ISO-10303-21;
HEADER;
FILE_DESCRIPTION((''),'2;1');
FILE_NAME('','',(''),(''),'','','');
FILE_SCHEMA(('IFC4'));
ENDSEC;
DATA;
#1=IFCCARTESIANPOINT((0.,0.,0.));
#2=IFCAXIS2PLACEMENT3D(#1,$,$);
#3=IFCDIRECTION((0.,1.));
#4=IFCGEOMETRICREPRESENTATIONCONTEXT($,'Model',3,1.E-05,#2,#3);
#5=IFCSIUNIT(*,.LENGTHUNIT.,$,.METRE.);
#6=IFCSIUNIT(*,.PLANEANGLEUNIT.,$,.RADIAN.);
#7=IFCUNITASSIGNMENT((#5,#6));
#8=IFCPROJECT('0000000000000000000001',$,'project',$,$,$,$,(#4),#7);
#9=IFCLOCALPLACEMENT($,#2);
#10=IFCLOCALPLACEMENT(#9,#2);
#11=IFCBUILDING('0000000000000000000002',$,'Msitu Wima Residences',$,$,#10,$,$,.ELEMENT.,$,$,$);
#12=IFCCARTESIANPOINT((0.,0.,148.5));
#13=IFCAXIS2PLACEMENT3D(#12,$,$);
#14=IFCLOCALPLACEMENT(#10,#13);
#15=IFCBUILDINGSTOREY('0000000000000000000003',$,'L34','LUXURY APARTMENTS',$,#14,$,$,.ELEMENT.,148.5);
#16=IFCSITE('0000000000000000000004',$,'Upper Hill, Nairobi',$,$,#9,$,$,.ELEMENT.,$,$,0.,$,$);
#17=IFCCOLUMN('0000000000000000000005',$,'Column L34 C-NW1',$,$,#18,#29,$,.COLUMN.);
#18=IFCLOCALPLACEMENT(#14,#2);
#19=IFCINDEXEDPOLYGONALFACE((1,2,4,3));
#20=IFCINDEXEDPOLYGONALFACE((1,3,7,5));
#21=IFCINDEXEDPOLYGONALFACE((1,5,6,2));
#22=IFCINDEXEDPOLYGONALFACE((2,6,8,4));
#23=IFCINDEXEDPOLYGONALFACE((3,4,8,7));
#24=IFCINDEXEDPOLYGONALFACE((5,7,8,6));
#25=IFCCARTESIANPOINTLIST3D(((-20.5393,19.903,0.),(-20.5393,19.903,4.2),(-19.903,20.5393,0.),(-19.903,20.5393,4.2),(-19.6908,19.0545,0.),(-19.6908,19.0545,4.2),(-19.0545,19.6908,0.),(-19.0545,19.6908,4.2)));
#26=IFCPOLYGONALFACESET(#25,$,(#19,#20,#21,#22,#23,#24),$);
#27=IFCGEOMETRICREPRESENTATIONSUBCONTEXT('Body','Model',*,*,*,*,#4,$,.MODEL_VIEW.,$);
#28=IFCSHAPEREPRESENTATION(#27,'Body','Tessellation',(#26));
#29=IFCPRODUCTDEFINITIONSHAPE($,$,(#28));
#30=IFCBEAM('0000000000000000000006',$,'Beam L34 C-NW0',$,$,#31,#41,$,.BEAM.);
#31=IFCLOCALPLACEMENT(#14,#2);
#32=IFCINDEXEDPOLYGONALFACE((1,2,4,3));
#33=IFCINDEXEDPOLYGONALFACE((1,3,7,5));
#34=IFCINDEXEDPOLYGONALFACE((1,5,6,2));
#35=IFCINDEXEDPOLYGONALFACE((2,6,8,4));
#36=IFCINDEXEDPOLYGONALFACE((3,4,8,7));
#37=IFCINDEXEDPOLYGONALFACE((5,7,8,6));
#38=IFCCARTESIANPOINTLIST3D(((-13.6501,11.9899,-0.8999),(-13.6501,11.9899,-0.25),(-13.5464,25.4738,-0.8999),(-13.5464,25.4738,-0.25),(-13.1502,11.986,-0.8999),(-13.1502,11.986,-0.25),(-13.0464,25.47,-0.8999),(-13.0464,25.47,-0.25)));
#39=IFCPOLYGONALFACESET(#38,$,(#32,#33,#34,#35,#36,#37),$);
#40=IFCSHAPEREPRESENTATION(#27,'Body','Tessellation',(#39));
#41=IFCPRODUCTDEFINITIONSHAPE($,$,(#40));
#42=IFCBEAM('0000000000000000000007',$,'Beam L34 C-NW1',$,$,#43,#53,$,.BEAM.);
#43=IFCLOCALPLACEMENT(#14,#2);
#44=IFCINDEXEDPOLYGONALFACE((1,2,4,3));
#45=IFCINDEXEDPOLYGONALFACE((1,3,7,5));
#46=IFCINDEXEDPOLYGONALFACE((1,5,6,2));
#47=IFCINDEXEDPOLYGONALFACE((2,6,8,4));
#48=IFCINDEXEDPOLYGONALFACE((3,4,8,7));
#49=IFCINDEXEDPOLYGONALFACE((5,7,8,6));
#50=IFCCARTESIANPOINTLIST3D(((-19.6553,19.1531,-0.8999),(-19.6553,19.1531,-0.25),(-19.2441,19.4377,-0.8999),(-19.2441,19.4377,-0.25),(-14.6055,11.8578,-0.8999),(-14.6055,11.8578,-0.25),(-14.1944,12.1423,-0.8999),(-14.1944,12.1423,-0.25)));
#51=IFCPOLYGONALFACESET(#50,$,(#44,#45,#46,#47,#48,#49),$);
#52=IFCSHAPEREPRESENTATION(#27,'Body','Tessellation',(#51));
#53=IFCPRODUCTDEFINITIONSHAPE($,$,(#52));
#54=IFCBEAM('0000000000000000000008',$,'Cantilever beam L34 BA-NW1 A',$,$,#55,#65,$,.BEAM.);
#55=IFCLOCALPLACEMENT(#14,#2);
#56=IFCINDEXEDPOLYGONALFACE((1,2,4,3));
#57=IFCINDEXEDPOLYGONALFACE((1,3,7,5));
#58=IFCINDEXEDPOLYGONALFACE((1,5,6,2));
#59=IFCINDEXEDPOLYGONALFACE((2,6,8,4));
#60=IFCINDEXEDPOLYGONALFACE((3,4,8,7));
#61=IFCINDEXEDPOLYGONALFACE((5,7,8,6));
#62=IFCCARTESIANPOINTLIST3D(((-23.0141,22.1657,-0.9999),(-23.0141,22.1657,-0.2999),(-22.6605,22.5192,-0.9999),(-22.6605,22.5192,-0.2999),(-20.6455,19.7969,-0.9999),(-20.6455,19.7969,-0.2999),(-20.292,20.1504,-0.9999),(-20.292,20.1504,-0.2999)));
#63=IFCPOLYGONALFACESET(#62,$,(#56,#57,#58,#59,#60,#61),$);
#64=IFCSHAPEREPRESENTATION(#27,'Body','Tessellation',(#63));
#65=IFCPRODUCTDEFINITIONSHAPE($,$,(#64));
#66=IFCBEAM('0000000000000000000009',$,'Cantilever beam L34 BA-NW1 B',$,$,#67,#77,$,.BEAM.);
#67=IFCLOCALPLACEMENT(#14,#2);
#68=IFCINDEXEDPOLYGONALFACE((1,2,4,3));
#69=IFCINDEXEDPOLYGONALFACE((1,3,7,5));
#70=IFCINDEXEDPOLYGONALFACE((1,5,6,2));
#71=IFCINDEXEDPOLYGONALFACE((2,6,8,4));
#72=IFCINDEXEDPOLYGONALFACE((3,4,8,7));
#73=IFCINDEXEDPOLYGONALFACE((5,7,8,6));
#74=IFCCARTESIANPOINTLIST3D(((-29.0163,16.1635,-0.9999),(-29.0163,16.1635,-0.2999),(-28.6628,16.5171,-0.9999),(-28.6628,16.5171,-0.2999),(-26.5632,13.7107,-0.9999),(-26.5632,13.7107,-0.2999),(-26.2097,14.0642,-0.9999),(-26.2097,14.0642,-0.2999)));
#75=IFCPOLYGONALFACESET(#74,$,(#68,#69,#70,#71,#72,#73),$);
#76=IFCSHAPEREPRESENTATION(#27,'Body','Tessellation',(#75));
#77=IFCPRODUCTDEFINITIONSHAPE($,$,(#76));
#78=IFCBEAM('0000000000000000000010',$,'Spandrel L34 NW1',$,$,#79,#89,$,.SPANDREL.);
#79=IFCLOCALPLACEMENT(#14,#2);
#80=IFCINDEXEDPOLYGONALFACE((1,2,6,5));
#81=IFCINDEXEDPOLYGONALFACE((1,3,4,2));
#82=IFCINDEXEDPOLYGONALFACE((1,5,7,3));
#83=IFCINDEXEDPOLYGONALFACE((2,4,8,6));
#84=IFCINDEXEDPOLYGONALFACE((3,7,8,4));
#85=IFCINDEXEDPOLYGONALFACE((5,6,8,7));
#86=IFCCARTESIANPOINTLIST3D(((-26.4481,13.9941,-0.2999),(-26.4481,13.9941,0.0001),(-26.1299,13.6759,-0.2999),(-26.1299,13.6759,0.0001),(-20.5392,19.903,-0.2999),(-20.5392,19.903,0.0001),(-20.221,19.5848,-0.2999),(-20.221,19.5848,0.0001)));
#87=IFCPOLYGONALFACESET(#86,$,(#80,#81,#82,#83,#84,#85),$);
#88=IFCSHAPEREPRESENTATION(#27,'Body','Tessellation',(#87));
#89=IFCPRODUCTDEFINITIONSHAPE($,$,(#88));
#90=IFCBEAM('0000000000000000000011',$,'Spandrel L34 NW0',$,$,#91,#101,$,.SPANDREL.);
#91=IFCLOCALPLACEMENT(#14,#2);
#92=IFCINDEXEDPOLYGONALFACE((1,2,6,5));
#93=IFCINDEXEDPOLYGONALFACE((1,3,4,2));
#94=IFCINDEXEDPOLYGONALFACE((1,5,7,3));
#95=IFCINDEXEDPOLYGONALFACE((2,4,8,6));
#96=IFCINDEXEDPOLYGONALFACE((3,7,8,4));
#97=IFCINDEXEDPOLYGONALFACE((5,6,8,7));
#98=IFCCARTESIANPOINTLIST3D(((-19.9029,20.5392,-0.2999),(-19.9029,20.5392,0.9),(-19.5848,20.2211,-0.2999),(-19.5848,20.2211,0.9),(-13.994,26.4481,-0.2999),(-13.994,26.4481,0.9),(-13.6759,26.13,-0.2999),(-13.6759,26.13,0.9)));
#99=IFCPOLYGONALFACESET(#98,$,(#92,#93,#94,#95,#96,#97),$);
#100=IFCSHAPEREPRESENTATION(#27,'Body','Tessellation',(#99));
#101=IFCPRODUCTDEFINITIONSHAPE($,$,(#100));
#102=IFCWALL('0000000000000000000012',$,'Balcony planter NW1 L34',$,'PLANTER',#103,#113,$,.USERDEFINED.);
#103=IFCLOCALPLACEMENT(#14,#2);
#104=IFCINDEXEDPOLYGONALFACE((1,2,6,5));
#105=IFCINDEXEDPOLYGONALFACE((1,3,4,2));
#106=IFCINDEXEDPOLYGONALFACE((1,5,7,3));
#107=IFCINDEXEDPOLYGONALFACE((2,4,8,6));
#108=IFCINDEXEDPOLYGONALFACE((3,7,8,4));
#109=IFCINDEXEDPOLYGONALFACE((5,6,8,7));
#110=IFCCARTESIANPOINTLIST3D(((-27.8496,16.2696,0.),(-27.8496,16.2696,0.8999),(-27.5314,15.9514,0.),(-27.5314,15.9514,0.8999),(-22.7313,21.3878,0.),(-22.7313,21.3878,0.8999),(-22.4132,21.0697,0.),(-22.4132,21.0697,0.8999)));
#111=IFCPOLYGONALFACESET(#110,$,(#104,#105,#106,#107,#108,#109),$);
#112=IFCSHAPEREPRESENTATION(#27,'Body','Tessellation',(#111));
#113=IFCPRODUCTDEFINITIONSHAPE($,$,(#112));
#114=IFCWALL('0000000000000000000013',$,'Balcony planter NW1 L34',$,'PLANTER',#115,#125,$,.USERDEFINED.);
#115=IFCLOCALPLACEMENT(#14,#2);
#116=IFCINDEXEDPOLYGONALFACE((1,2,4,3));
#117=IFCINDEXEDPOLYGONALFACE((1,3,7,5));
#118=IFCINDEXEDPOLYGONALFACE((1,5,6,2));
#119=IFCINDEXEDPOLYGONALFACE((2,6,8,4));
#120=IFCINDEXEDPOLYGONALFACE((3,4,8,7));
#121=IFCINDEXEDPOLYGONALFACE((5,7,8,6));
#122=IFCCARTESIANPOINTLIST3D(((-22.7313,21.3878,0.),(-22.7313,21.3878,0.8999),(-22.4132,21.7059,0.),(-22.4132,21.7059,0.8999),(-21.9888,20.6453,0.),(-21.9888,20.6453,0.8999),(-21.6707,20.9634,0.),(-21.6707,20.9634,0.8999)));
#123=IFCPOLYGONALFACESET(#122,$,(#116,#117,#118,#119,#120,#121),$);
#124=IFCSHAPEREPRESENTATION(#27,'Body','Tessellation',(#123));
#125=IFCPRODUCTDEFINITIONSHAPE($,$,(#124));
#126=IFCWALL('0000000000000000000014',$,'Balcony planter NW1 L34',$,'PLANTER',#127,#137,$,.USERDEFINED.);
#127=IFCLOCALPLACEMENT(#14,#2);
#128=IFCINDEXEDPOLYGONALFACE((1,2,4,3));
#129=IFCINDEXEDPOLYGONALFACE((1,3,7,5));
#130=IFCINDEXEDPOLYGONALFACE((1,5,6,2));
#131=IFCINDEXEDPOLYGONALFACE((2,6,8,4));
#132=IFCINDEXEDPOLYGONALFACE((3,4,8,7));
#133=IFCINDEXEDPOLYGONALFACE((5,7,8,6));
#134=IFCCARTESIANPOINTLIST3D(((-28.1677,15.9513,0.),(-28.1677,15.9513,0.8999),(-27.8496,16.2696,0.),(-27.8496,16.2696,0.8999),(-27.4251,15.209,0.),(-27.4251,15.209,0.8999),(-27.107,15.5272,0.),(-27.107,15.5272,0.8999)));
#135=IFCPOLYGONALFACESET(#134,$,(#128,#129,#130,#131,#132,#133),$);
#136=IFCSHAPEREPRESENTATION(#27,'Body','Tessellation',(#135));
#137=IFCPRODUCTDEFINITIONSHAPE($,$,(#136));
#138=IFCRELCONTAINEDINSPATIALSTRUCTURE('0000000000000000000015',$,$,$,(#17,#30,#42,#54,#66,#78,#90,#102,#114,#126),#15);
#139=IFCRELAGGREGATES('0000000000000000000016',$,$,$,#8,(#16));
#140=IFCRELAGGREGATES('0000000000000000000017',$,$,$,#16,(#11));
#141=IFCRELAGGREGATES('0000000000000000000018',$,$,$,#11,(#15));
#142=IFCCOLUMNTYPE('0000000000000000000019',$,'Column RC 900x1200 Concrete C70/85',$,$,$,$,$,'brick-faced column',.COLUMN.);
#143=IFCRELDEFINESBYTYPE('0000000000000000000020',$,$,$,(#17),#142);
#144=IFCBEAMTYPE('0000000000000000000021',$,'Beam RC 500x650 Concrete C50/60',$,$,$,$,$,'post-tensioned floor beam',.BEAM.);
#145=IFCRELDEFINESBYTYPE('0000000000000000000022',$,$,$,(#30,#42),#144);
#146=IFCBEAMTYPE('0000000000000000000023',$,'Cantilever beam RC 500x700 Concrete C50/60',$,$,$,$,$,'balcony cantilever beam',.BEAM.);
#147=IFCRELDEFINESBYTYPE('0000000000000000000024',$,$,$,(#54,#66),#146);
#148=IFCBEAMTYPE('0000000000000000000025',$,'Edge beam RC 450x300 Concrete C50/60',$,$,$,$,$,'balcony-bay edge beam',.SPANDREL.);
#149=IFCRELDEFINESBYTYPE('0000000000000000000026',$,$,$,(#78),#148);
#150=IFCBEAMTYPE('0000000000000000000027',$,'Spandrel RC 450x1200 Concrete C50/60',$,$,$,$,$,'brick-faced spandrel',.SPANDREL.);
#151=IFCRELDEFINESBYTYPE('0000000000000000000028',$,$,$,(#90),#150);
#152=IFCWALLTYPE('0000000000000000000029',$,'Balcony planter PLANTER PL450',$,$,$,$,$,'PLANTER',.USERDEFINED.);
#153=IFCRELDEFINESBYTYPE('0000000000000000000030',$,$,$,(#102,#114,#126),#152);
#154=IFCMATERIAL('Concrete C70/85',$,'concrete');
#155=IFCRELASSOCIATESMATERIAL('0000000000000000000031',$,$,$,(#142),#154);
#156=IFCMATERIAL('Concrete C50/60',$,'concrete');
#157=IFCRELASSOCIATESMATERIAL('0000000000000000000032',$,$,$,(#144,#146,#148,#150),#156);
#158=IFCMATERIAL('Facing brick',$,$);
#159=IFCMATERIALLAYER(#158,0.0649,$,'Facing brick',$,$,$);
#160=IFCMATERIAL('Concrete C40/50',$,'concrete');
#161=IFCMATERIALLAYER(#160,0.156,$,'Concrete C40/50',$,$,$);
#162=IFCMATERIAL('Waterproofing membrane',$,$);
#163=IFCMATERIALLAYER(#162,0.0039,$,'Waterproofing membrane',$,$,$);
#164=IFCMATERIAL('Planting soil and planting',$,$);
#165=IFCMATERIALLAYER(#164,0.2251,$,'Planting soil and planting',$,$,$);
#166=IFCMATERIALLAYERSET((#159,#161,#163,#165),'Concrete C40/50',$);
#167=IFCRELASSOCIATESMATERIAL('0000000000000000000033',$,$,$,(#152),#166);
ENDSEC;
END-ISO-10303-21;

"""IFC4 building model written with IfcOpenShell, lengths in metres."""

from ifc_helpers import new_model, si_unit, direction, frame, frame_2d, origin, origin_2d, place, context, subcontext, project, spatial, rectangle, extrude, material, layer, layer_set, material_profile, profile_set, type_object, element, save


model = new_model("IFC4")

# Units and contexts
model_context = context("Model", 3, precision=1e-05, world=origin(), true_north=direction((0.0, 1.0)))
body_context = subcontext(model_context, "Body", "Model", "MODEL_VIEW")
ifc_project = project(units=[si_unit("LENGTHUNIT", "METRE"), si_unit("PLANEANGLEUNIT", "RADIAN")], contexts=[model_context])

# Site, building, storey
site_placement = place(None, origin())
site = spatial("IfcSite", under=ifc_project, at=site_placement, Name="Upper Hill, Nairobi", CompositionType="ELEMENT", RefElevation=0.0)
building_placement = place(site_placement, origin())
building = spatial("IfcBuilding", under=site, at=building_placement, Name="Msitu Wima Residences", CompositionType="ELEMENT")
storey_placement = place(building_placement, frame((0.0, 0.0, 148.5)))
storey = spatial("IfcBuildingStorey", under=building, at=storey_placement, Name="L34", Description="LUXURY APARTMENTS", CompositionType="ELEMENT", Elevation=148.5)

# Column
ifc_material_1 = material(Name="Concrete C70/85", Category="concrete")
ifc_material_profile_1 = material_profile(ifc_material_1, rectangle(XDim=0.8999, YDim=1.2, at=origin_2d()), Name="RC 900x1200")
ifc_profile_set_1 = profile_set([ifc_material_profile_1], Name="Concrete C70/85")
column_type = type_object("IfcColumnType", Name="Column RC 900x1200 Concrete C70/85", ElementType="brick-faced column", PredefinedType="COLUMN", material=ifc_profile_set_1)
column_placement = place(storey_placement, frame((-19.7969, 19.7969, 0.0), z_axis=(0.0, 0.0, 1.0), x_axis=(-0.707107, -0.707107, 0.0)))
element("IfcColumn", 1, at=column_placement, inside=storey, type_object=column_type, Name="Column L34 C-NW1", PredefinedType="COLUMN", context=body_context, shape_type="SweptSolid", body=[
    extrude(rectangle(XDim=0.8999, YDim=1.2, at=origin_2d()), origin(), (0.0, 0.0, 1.0), 4.2),
])

# Beams
ifc_material_2 = material(Name="Concrete C50/60", Category="concrete")
ifc_material_profile_2 = material_profile(ifc_material_2, rectangle(XDim=0.5, YDim=0.6499, at=origin_2d()), Name="RC 500x650")
ifc_profile_set_2 = profile_set([ifc_material_profile_2], Name="Concrete C50/60")
beam_type_1 = type_object("IfcBeamType", Name="Beam RC 500x650 Concrete C50/60", ElementType="post-tensioned floor beam", PredefinedType="BEAM", material=ifc_profile_set_2)
beam_1_placement = place(storey_placement, frame((-13.2964, 25.4719, -0.575), z_axis=(-0.007695, -0.99997, 0.0), x_axis=(0.99997, -0.007695, 0.0)))
element("IfcBeam", 2, at=beam_1_placement, inside=storey, type_object=beam_type_1, Name="Beam L34 C-NW0", PredefinedType="BEAM", context=body_context, shape_type="SweptSolid", body=[
    extrude(rectangle(XDim=0.5, YDim=0.6499, at=origin_2d()), origin(), (0.0, 0.0, 1.0), 13.4844),
])
beam_2_placement = place(storey_placement, frame((-19.4497, 19.2954, -0.575), z_axis=(0.569144, -0.822238, 0.0), x_axis=(0.822238, 0.569144, 0.0)))
element("IfcBeam", 3, at=beam_2_placement, inside=storey, type_object=beam_type_1, Name="Beam L34 C-NW1", PredefinedType="BEAM", context=body_context, shape_type="SweptSolid", body=[
    extrude(rectangle(XDim=0.5, YDim=0.6499, at=origin_2d()), origin(), (0.0, 0.0, 1.0), 8.8726),
])
ifc_material_profile_3 = material_profile(ifc_material_2, rectangle(XDim=0.5, YDim=0.7, at=origin_2d()), Name="RC 500x700")
ifc_profile_set_3 = profile_set([ifc_material_profile_3], Name="Concrete C50/60")
beam_type_2 = type_object("IfcBeamType", Name="Cantilever beam RC 500x700 Concrete C50/60", ElementType="balcony cantilever beam", PredefinedType="BEAM", material=ifc_profile_set_3)
beam_3_placement = place(storey_placement, frame((-20.4688, 19.9736, -0.6499), z_axis=(-0.70707, 0.707143, 0.0), x_axis=(-0.707143, -0.70707, 0.0)))
element("IfcBeam", 4, at=beam_3_placement, inside=storey, type_object=beam_type_2, Name="Cantilever beam L34 BA-NW1 A", PredefinedType="BEAM", context=body_context, shape_type="SweptSolid", body=[
    extrude(rectangle(XDim=0.5, YDim=0.7, at=origin_2d()), origin(), (0.0, 0.0, 1.0), 3.3499),
])
beam_4_placement = place(storey_placement, frame((-26.3865, 13.8875, -0.6499), z_axis=(-0.707142, 0.707072, 0.0), x_axis=(-0.707072, -0.707142, 0.0)))
element("IfcBeam", 5, at=beam_4_placement, inside=storey, type_object=beam_type_2, Name="Cantilever beam L34 BA-NW1 B", PredefinedType="BEAM", context=body_context, shape_type="SweptSolid", body=[
    extrude(rectangle(XDim=0.5, YDim=0.7, at=origin_2d()), origin(), (0.0, 0.0, 1.0), 3.469),
])
ifc_material_profile_4 = material_profile(ifc_material_2, rectangle(XDim=0.45, YDim=0.3, at=origin_2d()), Name="RC 450x300")
ifc_profile_set_4 = profile_set([ifc_material_profile_4], Name="Concrete C50/60")
beam_type_3 = type_object("IfcBeamType", Name="Edge beam RC 450x300 Concrete C50/60", ElementType="balcony-bay edge beam", PredefinedType="SPANDREL", material=ifc_profile_set_4)
beam_5_placement = place(storey_placement, frame((-20.3801, 19.7439, -0.1499), z_axis=(-0.707107, -0.707107, 0.0), x_axis=(0.707107, -0.707107, 0.0)))
element("IfcBeam", 6, at=beam_5_placement, inside=storey, type_object=beam_type_3, Name="Spandrel L34 NW1", PredefinedType="SPANDREL", context=body_context, shape_type="SweptSolid", body=[
    extrude(rectangle(XDim=0.45, YDim=0.3, at=origin_2d()), origin(), (0.0, 0.0, 1.0), 8.3564),
])
ifc_material_profile_5 = material_profile(ifc_material_2, rectangle(XDim=0.45, YDim=1.2, at=origin_2d()), Name="RC 450x1200")
ifc_profile_set_5 = profile_set([ifc_material_profile_5], Name="Concrete C50/60")
beam_type_4 = type_object("IfcBeamType", Name="Spandrel RC 450x1200 Concrete C50/60", ElementType="brick-faced spandrel", PredefinedType="SPANDREL", material=ifc_profile_set_5)
beam_6_placement = place(storey_placement, frame((-13.835, 26.2891, 0.3), z_axis=(-0.707107, -0.707107, 0.0), x_axis=(0.707107, -0.707107, 0.0)))
element("IfcBeam", 7, at=beam_6_placement, inside=storey, type_object=beam_type_4, Name="Spandrel L34 NW0", PredefinedType="SPANDREL", context=body_context, shape_type="SweptSolid", body=[
    extrude(rectangle(XDim=0.45, YDim=1.2, at=origin_2d()), origin(), (0.0, 0.0, 1.0), 8.3564),
])

# Walls
ifc_material_3 = material(Name="Facing brick")
ifc_layer_1 = layer(ifc_material_3, 0.0649, Name="Facing brick")
ifc_material_4 = material(Name="Concrete C40/50", Category="concrete")
ifc_layer_2 = layer(ifc_material_4, 0.156, Name="Concrete C40/50")
ifc_material_5 = material(Name="Waterproofing membrane")
ifc_layer_3 = layer(ifc_material_5, 0.0039, Name="Waterproofing membrane")
ifc_material_6 = material(Name="Planting soil and planting")
ifc_layer_4 = layer(ifc_material_6, 0.2251, Name="Planting soil and planting")
ifc_layer_set_1 = layer_set([ifc_layer_1, ifc_layer_2, ifc_layer_3, ifc_layer_4], Name="Concrete C40/50")
wall_type_1 = type_object("IfcWallType", Name="Balcony planter PLANTER PL450", ElementType="PLANTER", PredefinedType="USERDEFINED", material=ifc_layer_set_1)
wall_1_placement = place(storey_placement, frame((-22.5723, 21.2288, 0.0), z_axis=(0.0, 0.0, 1.0), x_axis=(-0.707107, -0.707107, 0.0)))
element("IfcWall", 8, at=wall_1_placement, inside=storey, type_object=wall_type_1, Name="Balcony planter NW1 L34", ObjectType="PLANTER", PredefinedType="USERDEFINED", context=body_context, shape_type="SweptSolid", body=[
    extrude(rectangle(XDim=7.2383, YDim=0.45, at=frame_2d((3.6191, 0.0))), origin(), (0.0, 0.0, 1.0), 0.8999),
])
for number, where, z_axis, x_axis, name in (
    (9, (-21.8298, 20.8044, 0.0), (0.0, 0.0, 1.0), (-0.707107, 0.707107, 0.0), "Balcony planter NW1 L34"),
    (10, (-27.2661, 15.3682, 0.0), (0.0, 0.0, 1.0), (-0.707223, 0.706991, 0.0), "Balcony planter NW1 L34"),
):
    element("IfcWall", number, at=place(storey_placement, frame(where, z_axis=z_axis, x_axis=x_axis)), inside=storey, type_object=wall_type_1, Name=name, ObjectType="PLANTER", PredefinedType="USERDEFINED", context=body_context, shape_type="SweptSolid", body=[
        extrude(rectangle(XDim=1.05, YDim=0.45, at=frame_2d((0.5249, 0.0))), origin(), (0.0, 0.0, 1.0), 0.8999),
    ])

save(model, "model.ifc")
